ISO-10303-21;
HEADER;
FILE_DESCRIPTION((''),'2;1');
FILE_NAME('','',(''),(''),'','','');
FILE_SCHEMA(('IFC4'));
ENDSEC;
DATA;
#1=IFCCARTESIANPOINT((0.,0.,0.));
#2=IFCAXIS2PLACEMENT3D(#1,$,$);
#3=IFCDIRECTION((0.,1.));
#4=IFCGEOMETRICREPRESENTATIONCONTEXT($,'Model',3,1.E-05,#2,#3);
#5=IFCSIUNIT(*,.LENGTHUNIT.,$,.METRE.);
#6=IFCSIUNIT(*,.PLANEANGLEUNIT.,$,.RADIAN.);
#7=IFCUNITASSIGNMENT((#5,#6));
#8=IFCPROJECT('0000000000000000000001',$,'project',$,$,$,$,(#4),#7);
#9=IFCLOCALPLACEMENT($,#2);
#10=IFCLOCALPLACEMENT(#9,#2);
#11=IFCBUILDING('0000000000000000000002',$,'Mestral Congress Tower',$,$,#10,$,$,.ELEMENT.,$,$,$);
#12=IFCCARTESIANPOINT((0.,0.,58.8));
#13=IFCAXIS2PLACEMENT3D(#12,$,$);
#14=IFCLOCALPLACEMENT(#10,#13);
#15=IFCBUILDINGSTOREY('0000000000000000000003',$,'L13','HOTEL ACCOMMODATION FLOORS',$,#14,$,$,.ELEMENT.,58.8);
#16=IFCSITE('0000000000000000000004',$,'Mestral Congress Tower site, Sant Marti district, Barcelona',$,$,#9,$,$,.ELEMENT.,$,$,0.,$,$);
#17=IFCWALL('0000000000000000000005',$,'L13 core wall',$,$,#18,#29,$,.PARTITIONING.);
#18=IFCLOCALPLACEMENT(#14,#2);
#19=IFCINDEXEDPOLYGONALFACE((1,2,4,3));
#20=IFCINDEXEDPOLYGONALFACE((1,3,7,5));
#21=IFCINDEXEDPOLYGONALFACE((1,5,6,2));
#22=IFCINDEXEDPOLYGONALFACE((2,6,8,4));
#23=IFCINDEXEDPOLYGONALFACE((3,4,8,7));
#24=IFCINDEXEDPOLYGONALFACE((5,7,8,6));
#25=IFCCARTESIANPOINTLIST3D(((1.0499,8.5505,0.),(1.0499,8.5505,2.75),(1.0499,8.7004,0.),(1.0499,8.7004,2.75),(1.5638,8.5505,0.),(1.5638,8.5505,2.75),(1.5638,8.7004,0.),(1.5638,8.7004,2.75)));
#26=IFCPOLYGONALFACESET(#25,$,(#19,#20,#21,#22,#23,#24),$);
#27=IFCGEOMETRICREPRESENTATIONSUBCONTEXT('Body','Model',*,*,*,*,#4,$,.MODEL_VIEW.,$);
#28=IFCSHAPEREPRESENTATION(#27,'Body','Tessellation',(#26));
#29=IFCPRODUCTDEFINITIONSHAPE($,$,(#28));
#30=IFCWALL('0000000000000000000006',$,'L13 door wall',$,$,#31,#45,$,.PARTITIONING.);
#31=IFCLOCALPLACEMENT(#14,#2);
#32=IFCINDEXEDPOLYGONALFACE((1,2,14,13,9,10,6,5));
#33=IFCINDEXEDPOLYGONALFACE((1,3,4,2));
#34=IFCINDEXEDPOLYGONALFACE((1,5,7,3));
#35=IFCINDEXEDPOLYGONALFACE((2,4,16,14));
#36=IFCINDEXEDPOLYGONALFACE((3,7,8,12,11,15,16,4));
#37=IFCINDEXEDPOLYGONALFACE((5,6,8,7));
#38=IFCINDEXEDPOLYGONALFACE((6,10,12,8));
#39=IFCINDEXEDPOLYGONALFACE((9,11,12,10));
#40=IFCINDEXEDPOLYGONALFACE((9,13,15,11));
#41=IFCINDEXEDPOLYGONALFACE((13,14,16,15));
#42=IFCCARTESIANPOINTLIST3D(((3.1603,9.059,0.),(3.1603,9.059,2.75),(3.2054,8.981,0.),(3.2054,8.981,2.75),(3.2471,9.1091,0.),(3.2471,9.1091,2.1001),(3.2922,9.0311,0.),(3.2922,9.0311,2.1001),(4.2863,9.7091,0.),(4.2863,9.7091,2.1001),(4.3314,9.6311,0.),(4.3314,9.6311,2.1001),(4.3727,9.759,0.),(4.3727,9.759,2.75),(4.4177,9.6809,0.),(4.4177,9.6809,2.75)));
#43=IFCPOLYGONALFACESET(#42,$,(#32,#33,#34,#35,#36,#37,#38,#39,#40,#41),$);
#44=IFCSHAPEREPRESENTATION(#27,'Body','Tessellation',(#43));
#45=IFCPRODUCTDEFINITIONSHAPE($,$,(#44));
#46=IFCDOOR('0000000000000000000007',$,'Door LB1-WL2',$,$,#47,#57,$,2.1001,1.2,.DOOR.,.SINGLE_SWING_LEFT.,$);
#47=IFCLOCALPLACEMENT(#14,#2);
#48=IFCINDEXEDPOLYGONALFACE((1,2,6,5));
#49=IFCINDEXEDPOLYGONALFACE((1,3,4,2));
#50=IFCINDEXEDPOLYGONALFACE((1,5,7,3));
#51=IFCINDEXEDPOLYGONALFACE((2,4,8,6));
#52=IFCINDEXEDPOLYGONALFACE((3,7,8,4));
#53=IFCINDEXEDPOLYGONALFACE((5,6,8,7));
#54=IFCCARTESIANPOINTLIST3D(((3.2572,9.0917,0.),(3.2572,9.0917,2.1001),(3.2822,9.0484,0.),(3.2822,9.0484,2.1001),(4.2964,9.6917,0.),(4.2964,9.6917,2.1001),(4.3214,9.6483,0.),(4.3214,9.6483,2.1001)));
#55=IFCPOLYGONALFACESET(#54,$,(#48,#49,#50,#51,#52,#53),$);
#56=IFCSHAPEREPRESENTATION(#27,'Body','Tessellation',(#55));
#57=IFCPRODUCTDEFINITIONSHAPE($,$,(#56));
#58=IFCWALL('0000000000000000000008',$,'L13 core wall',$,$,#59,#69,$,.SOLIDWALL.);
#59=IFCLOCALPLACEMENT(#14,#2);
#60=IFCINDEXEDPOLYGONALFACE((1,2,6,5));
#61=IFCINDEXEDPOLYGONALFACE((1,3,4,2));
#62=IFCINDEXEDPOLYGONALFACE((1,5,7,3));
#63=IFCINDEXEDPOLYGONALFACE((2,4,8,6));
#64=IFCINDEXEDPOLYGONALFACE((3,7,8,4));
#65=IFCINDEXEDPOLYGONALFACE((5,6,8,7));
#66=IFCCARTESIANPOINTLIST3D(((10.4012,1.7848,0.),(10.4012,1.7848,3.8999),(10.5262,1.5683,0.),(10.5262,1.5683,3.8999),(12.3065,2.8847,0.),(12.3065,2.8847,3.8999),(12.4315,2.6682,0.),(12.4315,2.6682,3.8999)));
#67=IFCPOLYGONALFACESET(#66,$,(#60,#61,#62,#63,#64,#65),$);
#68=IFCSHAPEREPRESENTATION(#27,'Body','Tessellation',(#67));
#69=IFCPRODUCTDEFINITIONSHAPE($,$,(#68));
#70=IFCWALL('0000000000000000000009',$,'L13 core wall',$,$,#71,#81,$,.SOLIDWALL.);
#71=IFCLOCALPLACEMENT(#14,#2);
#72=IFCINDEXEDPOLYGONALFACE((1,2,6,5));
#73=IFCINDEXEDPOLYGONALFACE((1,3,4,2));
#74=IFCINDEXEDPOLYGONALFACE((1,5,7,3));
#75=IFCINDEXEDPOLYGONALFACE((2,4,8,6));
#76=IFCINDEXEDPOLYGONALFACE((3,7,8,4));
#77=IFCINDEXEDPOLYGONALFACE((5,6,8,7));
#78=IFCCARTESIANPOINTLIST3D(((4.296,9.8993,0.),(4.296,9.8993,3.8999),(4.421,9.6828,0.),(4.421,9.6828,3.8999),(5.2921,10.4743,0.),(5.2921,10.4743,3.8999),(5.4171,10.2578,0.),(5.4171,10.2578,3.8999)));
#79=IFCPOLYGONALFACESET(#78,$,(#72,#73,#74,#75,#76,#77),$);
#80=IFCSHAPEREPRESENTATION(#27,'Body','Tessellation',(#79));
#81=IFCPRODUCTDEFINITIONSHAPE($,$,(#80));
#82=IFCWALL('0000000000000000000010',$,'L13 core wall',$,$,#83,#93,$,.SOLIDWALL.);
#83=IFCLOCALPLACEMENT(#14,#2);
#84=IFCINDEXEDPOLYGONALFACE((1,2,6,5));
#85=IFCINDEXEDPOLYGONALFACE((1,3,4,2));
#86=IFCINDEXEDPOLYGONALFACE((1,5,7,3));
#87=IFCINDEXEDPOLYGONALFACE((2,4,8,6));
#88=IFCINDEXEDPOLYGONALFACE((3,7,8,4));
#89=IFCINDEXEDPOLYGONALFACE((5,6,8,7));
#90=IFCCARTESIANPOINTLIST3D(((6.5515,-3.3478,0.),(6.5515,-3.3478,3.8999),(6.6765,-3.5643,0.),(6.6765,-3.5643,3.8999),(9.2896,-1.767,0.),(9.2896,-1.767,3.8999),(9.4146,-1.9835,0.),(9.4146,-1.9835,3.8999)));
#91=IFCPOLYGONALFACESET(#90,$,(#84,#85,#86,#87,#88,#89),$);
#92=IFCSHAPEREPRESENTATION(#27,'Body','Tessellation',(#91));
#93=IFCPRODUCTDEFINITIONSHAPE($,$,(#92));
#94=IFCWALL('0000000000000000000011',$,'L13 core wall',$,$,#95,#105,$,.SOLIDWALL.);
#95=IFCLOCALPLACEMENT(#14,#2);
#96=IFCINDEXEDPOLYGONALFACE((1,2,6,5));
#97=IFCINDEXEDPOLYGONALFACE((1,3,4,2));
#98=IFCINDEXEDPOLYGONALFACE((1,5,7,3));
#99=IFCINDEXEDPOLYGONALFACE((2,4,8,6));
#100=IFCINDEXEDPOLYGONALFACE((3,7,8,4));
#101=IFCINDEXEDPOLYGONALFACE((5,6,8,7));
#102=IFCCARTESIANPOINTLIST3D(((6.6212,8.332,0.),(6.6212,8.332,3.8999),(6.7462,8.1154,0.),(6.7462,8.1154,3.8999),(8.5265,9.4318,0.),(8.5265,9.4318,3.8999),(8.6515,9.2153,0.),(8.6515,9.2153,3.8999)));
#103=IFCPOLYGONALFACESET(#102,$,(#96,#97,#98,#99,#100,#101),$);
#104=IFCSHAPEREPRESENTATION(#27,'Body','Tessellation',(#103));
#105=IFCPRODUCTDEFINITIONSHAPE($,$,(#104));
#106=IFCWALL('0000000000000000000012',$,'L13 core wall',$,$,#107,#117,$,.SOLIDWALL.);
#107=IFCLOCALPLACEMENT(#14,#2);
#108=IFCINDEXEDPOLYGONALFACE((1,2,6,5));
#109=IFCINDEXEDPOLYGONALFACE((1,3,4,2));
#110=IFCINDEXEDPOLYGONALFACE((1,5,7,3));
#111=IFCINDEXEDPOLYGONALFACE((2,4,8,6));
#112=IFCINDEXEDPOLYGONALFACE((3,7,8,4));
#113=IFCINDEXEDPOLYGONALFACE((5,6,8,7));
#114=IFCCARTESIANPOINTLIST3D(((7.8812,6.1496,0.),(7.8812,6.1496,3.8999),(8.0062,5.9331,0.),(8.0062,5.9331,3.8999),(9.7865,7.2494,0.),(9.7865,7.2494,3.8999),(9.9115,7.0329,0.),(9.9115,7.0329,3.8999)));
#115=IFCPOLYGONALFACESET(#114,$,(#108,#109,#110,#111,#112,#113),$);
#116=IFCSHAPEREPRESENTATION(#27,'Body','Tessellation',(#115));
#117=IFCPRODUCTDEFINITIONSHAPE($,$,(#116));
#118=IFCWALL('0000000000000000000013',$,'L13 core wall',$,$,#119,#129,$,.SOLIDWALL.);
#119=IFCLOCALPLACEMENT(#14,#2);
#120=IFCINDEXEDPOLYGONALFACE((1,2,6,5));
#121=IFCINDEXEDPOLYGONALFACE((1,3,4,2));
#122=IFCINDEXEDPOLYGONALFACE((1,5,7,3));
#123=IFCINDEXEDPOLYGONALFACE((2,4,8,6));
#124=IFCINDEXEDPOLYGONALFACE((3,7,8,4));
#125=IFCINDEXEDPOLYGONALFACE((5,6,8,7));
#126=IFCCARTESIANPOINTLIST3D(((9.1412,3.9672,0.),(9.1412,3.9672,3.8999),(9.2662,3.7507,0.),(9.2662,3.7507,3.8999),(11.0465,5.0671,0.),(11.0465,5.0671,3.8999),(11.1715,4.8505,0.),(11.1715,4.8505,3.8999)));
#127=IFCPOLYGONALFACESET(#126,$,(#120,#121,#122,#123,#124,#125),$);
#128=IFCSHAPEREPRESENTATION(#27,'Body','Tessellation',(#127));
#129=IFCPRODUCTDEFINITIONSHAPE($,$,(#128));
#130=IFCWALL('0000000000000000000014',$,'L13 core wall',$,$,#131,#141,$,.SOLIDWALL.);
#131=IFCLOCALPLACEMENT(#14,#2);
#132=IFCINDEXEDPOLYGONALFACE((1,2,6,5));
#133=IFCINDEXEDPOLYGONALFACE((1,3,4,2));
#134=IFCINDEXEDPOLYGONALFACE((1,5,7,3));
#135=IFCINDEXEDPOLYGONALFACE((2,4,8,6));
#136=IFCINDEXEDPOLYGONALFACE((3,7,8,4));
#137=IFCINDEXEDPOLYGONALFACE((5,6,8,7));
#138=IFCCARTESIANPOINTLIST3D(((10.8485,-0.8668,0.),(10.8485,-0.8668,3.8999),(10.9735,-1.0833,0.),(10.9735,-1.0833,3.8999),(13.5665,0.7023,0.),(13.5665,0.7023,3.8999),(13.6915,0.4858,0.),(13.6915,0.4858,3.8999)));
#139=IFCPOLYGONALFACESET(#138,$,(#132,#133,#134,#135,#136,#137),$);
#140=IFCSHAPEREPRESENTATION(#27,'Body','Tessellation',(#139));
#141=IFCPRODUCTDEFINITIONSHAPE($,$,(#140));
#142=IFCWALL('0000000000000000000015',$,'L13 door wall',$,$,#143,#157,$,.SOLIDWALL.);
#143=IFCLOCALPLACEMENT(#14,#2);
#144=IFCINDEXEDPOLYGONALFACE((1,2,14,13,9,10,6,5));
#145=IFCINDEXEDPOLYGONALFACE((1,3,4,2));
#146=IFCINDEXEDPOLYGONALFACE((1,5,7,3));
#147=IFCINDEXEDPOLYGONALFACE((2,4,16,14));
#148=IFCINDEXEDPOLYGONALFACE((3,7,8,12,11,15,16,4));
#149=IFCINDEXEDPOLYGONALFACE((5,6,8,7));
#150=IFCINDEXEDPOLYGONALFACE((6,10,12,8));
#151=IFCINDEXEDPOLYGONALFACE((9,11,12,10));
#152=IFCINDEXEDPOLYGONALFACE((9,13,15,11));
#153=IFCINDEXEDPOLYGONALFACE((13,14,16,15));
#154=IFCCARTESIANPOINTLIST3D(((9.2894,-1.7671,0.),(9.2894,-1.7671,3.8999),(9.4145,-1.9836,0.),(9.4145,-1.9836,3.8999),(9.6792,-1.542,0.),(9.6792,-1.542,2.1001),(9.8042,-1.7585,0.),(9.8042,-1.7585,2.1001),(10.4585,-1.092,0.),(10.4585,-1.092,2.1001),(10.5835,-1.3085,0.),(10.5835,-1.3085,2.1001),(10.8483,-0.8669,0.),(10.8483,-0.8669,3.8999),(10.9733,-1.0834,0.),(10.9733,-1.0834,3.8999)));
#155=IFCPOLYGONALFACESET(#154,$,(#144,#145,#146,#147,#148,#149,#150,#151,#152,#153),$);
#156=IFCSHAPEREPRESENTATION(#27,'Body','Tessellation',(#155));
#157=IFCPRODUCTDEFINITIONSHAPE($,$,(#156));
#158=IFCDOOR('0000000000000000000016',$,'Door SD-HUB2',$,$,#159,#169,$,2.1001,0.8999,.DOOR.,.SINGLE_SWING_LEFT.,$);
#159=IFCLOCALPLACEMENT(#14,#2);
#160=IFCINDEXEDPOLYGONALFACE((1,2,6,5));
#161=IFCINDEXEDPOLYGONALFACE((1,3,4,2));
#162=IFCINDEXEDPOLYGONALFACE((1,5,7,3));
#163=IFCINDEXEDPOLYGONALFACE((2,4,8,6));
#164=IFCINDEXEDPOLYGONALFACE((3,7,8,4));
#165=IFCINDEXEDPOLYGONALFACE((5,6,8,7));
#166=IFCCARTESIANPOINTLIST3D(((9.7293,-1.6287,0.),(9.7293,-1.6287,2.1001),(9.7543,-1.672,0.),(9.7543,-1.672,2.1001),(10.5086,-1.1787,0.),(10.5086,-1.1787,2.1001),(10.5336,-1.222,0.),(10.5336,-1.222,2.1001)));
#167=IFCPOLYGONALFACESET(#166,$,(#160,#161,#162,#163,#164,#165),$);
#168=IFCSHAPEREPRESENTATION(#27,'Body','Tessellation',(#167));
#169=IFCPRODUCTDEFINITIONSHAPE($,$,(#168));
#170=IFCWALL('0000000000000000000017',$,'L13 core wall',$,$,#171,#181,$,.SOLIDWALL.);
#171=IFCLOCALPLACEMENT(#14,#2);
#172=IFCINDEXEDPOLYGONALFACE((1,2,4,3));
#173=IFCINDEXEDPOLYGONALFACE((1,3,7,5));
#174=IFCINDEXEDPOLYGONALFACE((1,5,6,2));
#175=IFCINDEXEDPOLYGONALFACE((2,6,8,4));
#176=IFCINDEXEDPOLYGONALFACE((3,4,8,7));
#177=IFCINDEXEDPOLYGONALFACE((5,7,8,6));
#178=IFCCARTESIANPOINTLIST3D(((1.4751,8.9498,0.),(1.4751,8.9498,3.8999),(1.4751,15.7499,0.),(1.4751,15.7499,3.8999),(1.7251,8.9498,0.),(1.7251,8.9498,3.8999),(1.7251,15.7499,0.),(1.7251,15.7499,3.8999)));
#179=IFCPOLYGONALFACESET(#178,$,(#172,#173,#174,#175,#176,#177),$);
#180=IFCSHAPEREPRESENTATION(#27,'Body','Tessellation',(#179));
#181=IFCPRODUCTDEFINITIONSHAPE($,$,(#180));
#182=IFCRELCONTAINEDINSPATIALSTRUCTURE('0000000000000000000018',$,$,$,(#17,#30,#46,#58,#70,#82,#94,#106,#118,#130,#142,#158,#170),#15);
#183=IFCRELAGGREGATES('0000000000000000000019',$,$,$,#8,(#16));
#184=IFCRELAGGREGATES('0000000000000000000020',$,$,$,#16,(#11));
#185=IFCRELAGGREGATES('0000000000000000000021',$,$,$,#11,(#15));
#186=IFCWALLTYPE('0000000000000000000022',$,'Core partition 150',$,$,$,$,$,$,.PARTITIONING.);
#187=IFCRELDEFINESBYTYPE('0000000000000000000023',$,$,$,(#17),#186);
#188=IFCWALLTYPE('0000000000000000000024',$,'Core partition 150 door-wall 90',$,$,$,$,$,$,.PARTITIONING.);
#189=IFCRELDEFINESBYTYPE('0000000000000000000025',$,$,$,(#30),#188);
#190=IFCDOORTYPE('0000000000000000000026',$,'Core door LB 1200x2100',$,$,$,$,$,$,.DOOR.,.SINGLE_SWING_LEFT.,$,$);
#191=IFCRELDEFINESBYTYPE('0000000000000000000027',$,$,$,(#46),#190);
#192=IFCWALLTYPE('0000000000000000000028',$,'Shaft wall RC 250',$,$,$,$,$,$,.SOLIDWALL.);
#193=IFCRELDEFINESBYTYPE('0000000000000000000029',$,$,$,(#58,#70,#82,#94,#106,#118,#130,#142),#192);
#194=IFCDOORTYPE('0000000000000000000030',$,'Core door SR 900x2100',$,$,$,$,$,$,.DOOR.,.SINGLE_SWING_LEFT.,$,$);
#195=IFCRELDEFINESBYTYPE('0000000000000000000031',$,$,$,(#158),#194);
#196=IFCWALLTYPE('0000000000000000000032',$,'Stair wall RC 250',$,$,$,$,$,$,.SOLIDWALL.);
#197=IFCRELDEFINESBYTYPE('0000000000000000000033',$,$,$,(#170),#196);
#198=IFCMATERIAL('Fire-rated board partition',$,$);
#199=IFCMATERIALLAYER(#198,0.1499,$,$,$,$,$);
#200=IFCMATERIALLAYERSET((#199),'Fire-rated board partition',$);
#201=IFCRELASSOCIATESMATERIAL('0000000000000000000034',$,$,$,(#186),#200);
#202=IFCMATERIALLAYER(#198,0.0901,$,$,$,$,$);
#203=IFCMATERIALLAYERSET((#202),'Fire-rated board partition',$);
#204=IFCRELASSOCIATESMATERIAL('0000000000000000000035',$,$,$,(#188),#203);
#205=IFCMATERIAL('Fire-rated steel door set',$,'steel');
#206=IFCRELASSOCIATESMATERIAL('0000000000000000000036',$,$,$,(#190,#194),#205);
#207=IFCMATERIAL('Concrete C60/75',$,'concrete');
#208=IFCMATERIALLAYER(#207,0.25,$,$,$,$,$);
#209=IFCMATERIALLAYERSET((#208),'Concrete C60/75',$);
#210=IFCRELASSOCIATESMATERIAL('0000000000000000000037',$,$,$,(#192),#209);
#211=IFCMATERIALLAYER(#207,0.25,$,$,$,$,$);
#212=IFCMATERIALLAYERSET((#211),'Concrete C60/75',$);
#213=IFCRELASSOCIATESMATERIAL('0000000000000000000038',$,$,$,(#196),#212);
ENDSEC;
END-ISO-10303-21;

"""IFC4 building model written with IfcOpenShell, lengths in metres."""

from ifc_helpers import new_model, si_unit, direction, frame, frame_2d, origin, place, context, subcontext, project, spatial, rectangle, extrude, material, layer, layer_set, type_object, element, fill, save


model = new_model("IFC4")

# Units and contexts
model_context = context("Model", 3, precision=1e-05, world=origin(), true_north=direction((0.0, 1.0)))
body_context = subcontext(model_context, "Body", "Model", "MODEL_VIEW")
ifc_project = project(units=[si_unit("LENGTHUNIT", "METRE"), si_unit("PLANEANGLEUNIT", "RADIAN")], contexts=[model_context])

# Site, building, storey
site_placement = place(None, origin())
site = spatial("IfcSite", under=ifc_project, at=site_placement, Name="Mestral Congress Tower site, Sant Marti district, Barcelona", CompositionType="ELEMENT", RefElevation=0.0)
building_placement = place(site_placement, origin())
building = spatial("IfcBuilding", under=site, at=building_placement, Name="Mestral Congress Tower", CompositionType="ELEMENT")
storey_placement = place(building_placement, frame((0.0, 0.0, 58.8)))
storey = spatial("IfcBuildingStorey", under=building, at=storey_placement, Name="L13", Description="HOTEL ACCOMMODATION FLOORS", CompositionType="ELEMENT", Elevation=58.8)

# Wall
ifc_material_1 = material(Name="Fire-rated board partition")
ifc_layer_1 = layer(ifc_material_1, 0.1499)
ifc_layer_set_1 = layer_set([ifc_layer_1], Name="Fire-rated board partition")
wall_type_1 = type_object("IfcWallType", Name="Core partition 150", PredefinedType="PARTITIONING", material=ifc_layer_set_1)
wall_1_placement = place(storey_placement, frame((1.05, 8.6255, 0.0), z_axis=(0.0, 0.0, 1.0), x_axis=(1.0, 0.0, 0.0)))
element("IfcWall", 1, at=wall_1_placement, inside=storey, type_object=wall_type_1, Name="L13 core wall", PredefinedType="PARTITIONING", context=body_context, shape_type="SweptSolid", body=[
    extrude(rectangle(XDim=0.5139, YDim=0.1499, at=frame_2d((0.2568, 0.0))), origin(), (0.0, 0.0, 1.0), 2.75),
])

# Wall, opening, door
ifc_layer_2 = layer(ifc_material_1, 0.0901)
ifc_layer_set_2 = layer_set([ifc_layer_2], Name="Fire-rated board partition")
wall_type_2 = type_object("IfcWallType", Name="Core partition 150 door-wall 90", PredefinedType="PARTITIONING", material=ifc_layer_set_2)
wall_2_placement = place(storey_placement, frame((3.1829, 9.02, 0.0), z_axis=(0.0, 0.0, 1.0), x_axis=(0.866035, 0.499984, 0.0)))
wall_2 = element("IfcWall", 2, at=wall_2_placement, inside=storey, type_object=wall_type_2, Name="L13 door wall", PredefinedType="PARTITIONING", context=body_context, shape_type="SweptSolid", body=[
    extrude(rectangle(XDim=1.3999, YDim=0.0901, at=frame_2d((0.7, 0.0))), origin(), (0.0, 0.0, 1.0), 2.75),
])
opening_1_placement = place(wall_2_placement, frame((0.1001, 0.0, 0.0)))
opening_1 = element("IfcOpeningElement", 3, at=opening_1_placement, cuts=wall_2, PredefinedType="OPENING", context=body_context, shape_type="SweptSolid", body=[
    extrude(rectangle(XDim=1.2, YDim=2.1001, at=frame_2d((0.6001, 1.05))), frame((0.0, 0.0549, 0.0), z_axis=(0.0, -1.0, 0.0), x_axis=(1.0, 0.0, 0.0)), (0.0, 0.0, 1.0), 0.1101),
])
ifc_material_2 = material(Name="Fire-rated steel door set", Category="steel")
door_type_1 = type_object("IfcDoorType", Name="Core door LB 1200x2100", OperationType="SINGLE_SWING_LEFT", PredefinedType="DOOR", material=ifc_material_2)
door_1_placement = place(opening_1_placement, origin())
door_1 = element("IfcDoor", 4, at=door_1_placement, inside=storey, type_object=door_type_1, Name="Door LB1-WL2", OperationType="SINGLE_SWING_LEFT", OverallHeight=2.1001, OverallWidth=1.2, PredefinedType="DOOR", context=body_context, shape_type="SweptSolid", body=[
    extrude(rectangle(XDim=1.2, YDim=2.1001, at=frame_2d((0.6001, 1.05))), frame((0.0, 0.0249, 0.0), z_axis=(0.0, -1.0, 0.0), x_axis=(1.0, 0.0, 0.0)), (0.0, 0.0, 1.0), 0.05),
])
fill(opening_1, door_1)

# Walls
ifc_material_3 = material(Name="Concrete C60/75", Category="concrete")
ifc_layer_3 = layer(ifc_material_3, 0.25)
ifc_layer_set_3 = layer_set([ifc_layer_3], Name="Concrete C60/75")
wall_type_3 = type_object("IfcWallType", Name="Shaft wall RC 250", PredefinedType="SOLIDWALL", material=ifc_layer_set_3)
wall_3_placement = place(storey_placement, frame((10.4636, 1.6765, 0.0), z_axis=(0.0, 0.0, 1.0), x_axis=(0.866056, 0.499947, 0.0)))
element("IfcWall", 5, at=wall_3_placement, inside=storey, type_object=wall_type_3, Name="L13 core wall", PredefinedType="SOLIDWALL", context=body_context, shape_type="SweptSolid", body=[
    extrude(rectangle(XDim=2.2, YDim=0.25, at=frame_2d((1.1001, 0.0))), origin(), (0.0, 0.0, 1.0), 3.8999),
])
wall_4_placement = place(storey_placement, frame((4.3584, 9.791, 0.0), z_axis=(0.0, 0.0, 1.0), x_axis=(0.86608, 0.499906, 0.0)))
element("IfcWall", 6, at=wall_4_placement, inside=storey, type_object=wall_type_3, Name="L13 core wall", PredefinedType="SOLIDWALL", context=body_context, shape_type="SweptSolid", body=[
    extrude(rectangle(XDim=1.1501, YDim=0.25, at=frame_2d((0.5752, 0.0))), origin(), (0.0, 0.0, 1.0), 3.8999),
])
wall_5_placement = place(storey_placement, frame((9.3521, -1.8752, 0.0), z_axis=(0.0, 0.0, 1.0), x_axis=(-0.866025, -0.500001, 0.0)))
element("IfcWall", 7, at=wall_5_placement, inside=storey, type_object=wall_type_3, Name="L13 core wall", PredefinedType="SOLIDWALL", context=body_context, shape_type="SweptSolid", body=[
    extrude(rectangle(XDim=3.1616, YDim=0.25, at=frame_2d((1.5808, 0.0))), origin(), (0.0, 0.0, 1.0), 3.8999),
])
for number, where, z_axis, x_axis, name in (
    (8, (6.6836, 8.2236, 0.0), (0.0, 0.0, 1.0), (0.866056, 0.499947, 0.0), "L13 core wall"),
    (9, (7.9436, 6.0413, 0.0), (0.0, 0.0, 1.0), (0.866056, 0.499947, 0.0), "L13 core wall"),
    (10, (9.2036, 3.8589, 0.0), (0.0, 0.0, 1.0), (0.866056, 0.499947, 0.0), "L13 core wall"),
):
    element("IfcWall", number, at=place(storey_placement, frame(where, z_axis=z_axis, x_axis=x_axis)), inside=storey, type_object=wall_type_3, Name=name, PredefinedType="SOLIDWALL", context=body_context, shape_type="SweptSolid", body=[
        extrude(rectangle(XDim=2.2, YDim=0.25, at=frame_2d((1.1001, 0.0))), origin(), (0.0, 0.0, 1.0), 3.8999),
    ])
wall_6_placement = place(storey_placement, frame((10.9109, -0.9751, 0.0), z_axis=(0.0, 0.0, 1.0), x_axis=(0.866047, 0.499963, 0.0)))
element("IfcWall", 11, at=wall_6_placement, inside=storey, type_object=wall_type_3, Name="L13 core wall", PredefinedType="SOLIDWALL", context=body_context, shape_type="SweptSolid", body=[
    extrude(rectangle(XDim=3.1384, YDim=0.25, at=frame_2d((1.5693, 0.0))), origin(), (0.0, 0.0, 1.0), 3.8999),
])

# Wall, opening, door
wall_7_placement = place(storey_placement, frame((9.3521, -1.8752, 0.0), z_axis=(0.0, 0.0, 1.0), x_axis=(0.865989, 0.500063, 0.0)))
wall_7 = element("IfcWall", 12, at=wall_7_placement, inside=storey, type_object=wall_type_3, Name="L13 door wall", PredefinedType="SOLIDWALL", context=body_context, shape_type="SweptSolid", body=[
    extrude(rectangle(XDim=1.8, YDim=0.25, at=frame_2d((0.8999, 0.0))), origin(), (0.0, 0.0, 1.0), 3.8999),
])
opening_2_placement = place(wall_7_placement, frame((0.45, 0.0, 0.0)))
opening_2 = element("IfcOpeningElement", 13, at=opening_2_placement, cuts=wall_7, PredefinedType="OPENING", context=body_context, shape_type="SweptSolid", body=[
    extrude(rectangle(XDim=0.8999, YDim=2.1001, at=frame_2d((0.45, 1.05))), frame((0.0, 0.135, 0.0), z_axis=(0.0, -1.0, 0.0), x_axis=(1.0, 0.0, 0.0)), (0.0, 0.0, 1.0), 0.27),
])
door_type_2 = type_object("IfcDoorType", Name="Core door SR 900x2100", OperationType="SINGLE_SWING_LEFT", PredefinedType="DOOR", material=ifc_material_2)
door_2_placement = place(opening_2_placement, origin())
door_2 = element("IfcDoor", 14, at=door_2_placement, inside=storey, type_object=door_type_2, Name="Door SD-HUB2", OperationType="SINGLE_SWING_LEFT", OverallHeight=2.1001, OverallWidth=0.8999, PredefinedType="DOOR", context=body_context, shape_type="SweptSolid", body=[
    extrude(rectangle(XDim=0.8999, YDim=2.1001, at=frame_2d((0.45, 1.05))), frame((0.0, 0.0249, 0.0), z_axis=(0.0, -1.0, 0.0), x_axis=(1.0, 0.0, 0.0)), (0.0, 0.0, 1.0), 0.05),
])
fill(opening_2, door_2)

# Wall
ifc_layer_4 = layer(ifc_material_3, 0.25)
ifc_layer_set_4 = layer_set([ifc_layer_4], Name="Concrete C60/75")
wall_type_4 = type_object("IfcWallType", Name="Stair wall RC 250", PredefinedType="SOLIDWALL", material=ifc_layer_set_4)
wall_8_placement = place(storey_placement, frame((1.6001, 8.95, 0.0), z_axis=(0.0, 0.0, 1.0), x_axis=(0.0, 1.0, 0.0)))
element("IfcWall", 15, at=wall_8_placement, inside=storey, type_object=wall_type_4, Name="L13 core wall", PredefinedType="SOLIDWALL", context=body_context, shape_type="SweptSolid", body=[
    extrude(rectangle(XDim=6.8, YDim=0.25, at=frame_2d((3.3999, 0.0))), origin(), (0.0, 0.0, 1.0), 3.8999),
])

save(model, "model.ifc")
